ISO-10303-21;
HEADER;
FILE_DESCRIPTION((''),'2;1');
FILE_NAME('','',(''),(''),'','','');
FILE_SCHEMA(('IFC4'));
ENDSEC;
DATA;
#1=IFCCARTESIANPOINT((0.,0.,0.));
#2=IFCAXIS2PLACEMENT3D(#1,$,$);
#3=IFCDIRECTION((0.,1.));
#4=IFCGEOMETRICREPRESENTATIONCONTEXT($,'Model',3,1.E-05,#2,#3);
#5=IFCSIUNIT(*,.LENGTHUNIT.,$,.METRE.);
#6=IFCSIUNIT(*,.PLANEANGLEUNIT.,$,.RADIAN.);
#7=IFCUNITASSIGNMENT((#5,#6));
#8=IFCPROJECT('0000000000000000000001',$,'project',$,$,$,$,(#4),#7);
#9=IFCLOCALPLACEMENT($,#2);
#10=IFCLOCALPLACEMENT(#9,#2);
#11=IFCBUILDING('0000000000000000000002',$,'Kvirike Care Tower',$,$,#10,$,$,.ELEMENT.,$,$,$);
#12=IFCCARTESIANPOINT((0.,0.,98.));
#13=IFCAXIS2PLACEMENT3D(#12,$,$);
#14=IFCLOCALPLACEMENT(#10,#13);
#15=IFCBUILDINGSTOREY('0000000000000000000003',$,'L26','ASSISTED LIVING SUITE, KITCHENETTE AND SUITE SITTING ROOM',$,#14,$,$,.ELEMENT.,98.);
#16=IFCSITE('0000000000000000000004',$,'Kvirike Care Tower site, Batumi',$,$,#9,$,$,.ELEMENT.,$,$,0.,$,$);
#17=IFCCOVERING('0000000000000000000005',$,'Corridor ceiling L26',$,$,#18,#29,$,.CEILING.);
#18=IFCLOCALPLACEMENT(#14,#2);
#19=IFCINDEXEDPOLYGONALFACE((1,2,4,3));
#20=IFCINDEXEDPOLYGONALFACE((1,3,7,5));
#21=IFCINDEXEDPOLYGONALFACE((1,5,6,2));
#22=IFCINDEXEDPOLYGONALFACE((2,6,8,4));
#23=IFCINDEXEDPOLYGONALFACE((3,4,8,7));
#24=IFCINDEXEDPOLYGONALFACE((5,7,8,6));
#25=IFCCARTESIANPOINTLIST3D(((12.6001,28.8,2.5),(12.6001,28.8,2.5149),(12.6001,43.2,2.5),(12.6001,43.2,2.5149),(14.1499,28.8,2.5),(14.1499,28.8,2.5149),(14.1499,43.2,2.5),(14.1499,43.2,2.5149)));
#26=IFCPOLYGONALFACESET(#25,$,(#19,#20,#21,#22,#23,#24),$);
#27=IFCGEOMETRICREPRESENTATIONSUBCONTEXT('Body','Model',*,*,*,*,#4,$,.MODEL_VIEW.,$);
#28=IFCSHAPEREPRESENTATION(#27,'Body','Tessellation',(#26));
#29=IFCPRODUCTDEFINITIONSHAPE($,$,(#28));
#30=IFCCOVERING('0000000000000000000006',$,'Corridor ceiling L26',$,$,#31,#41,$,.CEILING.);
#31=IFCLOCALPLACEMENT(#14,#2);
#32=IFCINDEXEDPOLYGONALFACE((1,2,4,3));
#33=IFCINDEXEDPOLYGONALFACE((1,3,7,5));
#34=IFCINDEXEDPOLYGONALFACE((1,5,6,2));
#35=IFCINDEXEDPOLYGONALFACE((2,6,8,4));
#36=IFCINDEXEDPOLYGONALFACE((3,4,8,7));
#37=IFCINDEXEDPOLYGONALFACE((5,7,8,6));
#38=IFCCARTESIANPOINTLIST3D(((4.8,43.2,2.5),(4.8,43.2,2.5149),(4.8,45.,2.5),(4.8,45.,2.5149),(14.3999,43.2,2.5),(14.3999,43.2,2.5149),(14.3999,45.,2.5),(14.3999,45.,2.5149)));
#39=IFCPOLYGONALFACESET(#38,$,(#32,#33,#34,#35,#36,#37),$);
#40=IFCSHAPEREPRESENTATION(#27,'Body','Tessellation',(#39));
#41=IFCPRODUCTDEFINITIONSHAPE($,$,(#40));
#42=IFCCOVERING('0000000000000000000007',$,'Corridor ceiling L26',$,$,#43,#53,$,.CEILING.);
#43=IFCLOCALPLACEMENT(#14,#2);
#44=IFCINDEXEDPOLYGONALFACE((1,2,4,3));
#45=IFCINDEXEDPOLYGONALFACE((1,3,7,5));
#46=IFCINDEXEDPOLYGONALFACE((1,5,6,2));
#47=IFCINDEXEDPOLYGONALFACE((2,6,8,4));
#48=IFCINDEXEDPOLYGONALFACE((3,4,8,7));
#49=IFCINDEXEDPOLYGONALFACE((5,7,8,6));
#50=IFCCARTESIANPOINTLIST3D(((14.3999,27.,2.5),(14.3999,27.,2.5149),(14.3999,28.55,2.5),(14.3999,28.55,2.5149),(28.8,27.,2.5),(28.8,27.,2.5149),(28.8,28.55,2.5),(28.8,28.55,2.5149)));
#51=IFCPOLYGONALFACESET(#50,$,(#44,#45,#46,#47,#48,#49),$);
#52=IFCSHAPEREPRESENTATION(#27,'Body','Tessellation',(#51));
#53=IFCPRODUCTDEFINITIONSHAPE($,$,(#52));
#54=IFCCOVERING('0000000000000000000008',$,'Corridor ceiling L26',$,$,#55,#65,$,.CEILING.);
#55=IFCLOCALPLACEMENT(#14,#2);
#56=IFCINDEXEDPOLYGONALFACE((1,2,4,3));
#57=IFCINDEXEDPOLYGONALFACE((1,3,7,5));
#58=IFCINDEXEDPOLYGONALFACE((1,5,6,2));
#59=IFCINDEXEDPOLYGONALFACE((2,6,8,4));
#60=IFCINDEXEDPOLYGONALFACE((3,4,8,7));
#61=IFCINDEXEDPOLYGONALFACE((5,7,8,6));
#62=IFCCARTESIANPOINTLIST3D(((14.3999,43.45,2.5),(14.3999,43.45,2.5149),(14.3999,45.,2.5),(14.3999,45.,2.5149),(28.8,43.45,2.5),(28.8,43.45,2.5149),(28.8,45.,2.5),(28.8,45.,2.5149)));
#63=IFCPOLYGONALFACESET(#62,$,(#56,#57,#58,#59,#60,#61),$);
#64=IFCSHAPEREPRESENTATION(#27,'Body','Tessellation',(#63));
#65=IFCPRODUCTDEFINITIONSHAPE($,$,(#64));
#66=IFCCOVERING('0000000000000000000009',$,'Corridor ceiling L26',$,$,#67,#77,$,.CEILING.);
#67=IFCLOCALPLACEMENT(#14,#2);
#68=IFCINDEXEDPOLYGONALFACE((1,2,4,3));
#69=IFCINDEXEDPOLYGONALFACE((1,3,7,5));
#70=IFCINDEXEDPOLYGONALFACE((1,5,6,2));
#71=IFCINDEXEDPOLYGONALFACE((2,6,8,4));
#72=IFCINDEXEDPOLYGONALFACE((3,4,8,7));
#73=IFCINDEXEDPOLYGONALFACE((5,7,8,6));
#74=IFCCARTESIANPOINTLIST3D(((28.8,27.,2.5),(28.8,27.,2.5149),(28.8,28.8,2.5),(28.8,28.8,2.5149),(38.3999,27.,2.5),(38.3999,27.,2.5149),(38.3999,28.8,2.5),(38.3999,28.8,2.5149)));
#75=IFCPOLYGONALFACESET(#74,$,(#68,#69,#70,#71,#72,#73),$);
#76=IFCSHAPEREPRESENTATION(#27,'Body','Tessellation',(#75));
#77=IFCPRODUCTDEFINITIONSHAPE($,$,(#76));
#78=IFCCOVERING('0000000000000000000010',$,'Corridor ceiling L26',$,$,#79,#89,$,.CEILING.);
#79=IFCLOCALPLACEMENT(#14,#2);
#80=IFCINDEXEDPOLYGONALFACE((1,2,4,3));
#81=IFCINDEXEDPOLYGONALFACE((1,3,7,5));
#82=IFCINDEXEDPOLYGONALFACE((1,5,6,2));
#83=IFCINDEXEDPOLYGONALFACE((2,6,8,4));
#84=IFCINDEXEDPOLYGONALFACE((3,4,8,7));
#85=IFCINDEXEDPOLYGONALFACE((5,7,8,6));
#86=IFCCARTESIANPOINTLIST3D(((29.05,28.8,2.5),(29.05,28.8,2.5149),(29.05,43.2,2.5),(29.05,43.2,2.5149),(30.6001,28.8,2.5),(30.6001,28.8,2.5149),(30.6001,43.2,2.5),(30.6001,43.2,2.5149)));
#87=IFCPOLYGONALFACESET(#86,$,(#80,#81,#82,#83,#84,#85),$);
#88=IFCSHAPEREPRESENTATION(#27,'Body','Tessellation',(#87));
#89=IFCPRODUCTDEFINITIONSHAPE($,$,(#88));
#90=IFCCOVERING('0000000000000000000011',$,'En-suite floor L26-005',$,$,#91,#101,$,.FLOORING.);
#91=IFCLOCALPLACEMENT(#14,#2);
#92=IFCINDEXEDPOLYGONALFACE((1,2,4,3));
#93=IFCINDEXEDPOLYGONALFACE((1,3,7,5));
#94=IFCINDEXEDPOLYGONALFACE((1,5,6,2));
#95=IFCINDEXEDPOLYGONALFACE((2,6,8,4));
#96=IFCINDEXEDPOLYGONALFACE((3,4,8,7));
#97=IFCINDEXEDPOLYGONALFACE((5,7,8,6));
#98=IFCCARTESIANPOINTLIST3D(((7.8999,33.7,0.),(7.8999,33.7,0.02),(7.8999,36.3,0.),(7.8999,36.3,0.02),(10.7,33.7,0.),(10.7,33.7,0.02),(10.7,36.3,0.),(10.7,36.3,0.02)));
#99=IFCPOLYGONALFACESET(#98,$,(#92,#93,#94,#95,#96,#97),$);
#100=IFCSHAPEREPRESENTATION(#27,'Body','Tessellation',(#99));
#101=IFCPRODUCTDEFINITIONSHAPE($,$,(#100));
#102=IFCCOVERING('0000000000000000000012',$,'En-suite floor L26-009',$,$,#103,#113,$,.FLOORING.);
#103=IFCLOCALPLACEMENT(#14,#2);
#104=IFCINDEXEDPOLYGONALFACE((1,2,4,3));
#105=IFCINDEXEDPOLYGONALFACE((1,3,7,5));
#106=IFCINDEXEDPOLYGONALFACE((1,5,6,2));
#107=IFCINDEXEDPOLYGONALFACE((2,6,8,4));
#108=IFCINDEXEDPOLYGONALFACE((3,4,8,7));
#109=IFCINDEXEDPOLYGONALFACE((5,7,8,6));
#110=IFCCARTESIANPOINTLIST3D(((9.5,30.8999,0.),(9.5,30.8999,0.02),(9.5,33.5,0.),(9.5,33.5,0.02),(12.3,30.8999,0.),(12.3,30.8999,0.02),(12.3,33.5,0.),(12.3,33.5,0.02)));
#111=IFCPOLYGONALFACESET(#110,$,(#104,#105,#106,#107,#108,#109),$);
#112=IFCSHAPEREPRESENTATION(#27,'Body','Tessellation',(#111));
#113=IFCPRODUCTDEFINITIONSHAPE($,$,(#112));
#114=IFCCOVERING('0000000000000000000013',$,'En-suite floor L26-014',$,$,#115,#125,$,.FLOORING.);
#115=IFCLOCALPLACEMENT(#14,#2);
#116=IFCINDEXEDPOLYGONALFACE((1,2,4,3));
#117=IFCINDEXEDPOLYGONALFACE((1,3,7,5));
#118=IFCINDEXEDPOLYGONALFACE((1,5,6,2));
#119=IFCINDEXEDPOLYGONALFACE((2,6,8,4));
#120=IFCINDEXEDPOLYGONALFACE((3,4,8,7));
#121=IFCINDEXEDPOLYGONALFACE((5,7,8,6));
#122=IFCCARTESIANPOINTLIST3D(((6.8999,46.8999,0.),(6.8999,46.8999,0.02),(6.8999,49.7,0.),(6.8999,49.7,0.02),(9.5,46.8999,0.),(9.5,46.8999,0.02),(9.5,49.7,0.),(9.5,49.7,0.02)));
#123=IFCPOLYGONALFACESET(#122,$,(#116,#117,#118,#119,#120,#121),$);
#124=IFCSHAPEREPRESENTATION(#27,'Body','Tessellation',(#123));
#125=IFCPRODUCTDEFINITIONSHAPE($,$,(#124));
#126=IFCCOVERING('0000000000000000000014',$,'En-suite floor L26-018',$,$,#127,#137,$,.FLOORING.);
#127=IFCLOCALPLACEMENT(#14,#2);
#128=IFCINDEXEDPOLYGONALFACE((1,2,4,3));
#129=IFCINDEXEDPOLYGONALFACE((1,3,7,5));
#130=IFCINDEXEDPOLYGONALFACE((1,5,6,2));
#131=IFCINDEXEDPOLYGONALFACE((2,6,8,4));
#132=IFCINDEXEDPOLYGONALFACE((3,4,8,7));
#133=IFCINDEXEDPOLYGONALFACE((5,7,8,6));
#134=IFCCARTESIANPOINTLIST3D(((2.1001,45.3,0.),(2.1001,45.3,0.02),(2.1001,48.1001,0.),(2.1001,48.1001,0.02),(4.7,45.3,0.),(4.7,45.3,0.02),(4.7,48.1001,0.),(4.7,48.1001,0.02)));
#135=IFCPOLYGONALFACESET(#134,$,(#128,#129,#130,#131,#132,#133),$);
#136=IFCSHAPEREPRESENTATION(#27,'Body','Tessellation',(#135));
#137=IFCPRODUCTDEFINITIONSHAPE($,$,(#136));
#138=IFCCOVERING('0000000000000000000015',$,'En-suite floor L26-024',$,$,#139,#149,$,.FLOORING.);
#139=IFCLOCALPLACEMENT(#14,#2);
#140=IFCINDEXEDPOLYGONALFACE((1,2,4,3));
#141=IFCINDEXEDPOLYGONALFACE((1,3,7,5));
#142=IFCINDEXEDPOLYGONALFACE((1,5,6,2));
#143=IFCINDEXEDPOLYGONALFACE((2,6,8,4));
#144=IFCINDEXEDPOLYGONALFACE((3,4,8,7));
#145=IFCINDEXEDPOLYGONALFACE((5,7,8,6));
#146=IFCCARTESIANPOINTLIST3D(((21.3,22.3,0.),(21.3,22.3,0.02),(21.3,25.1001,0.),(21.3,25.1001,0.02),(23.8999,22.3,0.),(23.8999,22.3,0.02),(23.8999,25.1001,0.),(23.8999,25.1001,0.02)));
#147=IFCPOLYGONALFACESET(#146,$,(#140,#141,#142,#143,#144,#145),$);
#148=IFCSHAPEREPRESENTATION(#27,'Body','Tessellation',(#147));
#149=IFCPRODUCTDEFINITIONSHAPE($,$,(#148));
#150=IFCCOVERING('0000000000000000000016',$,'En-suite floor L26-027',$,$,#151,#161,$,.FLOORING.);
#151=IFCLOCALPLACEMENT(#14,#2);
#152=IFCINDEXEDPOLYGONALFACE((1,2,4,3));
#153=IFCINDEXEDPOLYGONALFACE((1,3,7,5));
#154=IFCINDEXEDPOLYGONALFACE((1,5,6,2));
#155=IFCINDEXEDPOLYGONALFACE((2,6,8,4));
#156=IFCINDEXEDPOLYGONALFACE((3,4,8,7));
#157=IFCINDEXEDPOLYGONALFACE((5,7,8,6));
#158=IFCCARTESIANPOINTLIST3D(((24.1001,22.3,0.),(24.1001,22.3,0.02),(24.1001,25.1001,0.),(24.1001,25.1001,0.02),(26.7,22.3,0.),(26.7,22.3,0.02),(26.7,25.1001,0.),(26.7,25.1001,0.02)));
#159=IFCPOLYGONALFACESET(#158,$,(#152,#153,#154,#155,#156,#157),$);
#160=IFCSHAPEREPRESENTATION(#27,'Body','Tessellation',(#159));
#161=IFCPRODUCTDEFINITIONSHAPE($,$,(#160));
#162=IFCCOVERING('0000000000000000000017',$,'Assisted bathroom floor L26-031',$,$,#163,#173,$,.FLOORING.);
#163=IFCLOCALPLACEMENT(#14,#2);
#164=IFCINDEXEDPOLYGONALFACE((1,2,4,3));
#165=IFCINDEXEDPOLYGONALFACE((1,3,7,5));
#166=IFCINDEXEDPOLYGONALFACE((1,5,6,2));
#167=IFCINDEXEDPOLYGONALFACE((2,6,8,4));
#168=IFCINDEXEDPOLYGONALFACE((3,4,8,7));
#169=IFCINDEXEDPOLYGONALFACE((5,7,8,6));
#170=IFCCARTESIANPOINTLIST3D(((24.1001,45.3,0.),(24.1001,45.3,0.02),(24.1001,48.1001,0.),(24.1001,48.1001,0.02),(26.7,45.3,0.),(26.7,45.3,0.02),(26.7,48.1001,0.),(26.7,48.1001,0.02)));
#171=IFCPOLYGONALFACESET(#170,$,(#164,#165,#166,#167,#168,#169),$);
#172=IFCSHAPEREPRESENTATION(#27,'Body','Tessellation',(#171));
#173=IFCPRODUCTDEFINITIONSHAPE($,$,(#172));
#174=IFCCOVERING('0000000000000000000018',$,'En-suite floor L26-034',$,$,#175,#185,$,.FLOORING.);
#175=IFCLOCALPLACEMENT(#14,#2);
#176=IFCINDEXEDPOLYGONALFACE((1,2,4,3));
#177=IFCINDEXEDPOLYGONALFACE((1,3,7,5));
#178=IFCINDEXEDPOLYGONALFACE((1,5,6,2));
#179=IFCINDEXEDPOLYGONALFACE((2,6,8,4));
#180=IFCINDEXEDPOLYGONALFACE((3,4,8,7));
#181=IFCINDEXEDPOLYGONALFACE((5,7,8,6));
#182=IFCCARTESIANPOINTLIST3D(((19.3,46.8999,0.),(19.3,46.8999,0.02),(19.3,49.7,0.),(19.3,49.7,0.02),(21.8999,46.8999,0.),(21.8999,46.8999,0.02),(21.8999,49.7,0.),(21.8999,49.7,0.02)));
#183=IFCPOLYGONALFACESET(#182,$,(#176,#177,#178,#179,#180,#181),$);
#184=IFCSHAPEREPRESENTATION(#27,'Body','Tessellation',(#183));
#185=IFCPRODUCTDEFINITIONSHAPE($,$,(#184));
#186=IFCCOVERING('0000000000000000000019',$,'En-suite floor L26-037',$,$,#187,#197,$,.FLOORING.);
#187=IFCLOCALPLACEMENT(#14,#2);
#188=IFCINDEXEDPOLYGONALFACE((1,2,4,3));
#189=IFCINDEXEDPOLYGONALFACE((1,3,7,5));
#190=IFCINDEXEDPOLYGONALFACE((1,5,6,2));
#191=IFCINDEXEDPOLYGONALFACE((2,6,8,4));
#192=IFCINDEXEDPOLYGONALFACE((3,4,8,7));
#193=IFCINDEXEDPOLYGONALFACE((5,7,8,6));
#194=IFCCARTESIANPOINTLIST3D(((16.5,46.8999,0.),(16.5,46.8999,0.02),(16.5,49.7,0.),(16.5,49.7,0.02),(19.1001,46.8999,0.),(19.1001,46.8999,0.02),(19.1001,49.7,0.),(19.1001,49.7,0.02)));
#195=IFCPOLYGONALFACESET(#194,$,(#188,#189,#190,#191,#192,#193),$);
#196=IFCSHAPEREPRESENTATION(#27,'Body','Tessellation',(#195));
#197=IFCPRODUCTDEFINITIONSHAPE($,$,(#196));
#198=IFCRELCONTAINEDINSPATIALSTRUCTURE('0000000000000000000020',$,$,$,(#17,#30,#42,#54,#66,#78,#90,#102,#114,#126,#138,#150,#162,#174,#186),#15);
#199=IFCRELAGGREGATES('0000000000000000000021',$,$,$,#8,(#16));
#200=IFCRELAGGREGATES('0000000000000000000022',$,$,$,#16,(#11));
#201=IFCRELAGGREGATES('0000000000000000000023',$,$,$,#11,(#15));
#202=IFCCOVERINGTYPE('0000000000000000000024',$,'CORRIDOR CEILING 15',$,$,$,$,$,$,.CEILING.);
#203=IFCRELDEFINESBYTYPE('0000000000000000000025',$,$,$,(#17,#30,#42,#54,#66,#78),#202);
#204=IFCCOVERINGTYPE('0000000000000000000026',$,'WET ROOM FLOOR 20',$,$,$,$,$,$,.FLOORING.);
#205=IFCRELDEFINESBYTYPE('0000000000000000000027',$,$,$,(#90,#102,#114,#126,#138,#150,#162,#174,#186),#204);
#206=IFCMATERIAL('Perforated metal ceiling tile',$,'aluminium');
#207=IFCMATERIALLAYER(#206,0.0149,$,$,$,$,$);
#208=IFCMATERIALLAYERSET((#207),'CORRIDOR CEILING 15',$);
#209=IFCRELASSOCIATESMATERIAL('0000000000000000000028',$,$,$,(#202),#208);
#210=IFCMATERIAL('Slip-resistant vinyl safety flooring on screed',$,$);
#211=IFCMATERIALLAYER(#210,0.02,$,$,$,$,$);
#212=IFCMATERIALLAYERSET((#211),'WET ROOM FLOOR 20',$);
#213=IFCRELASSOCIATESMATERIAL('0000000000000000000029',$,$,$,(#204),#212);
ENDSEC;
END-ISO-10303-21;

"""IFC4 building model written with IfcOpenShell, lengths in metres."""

from ifc_helpers import new_model, si_unit, direction, frame, origin, place, context, subcontext, project, spatial, polyline, outline, extrude, material, layer, layer_set, type_object, element, save


model = new_model("IFC4")

# Units and contexts
model_context = context("Model", 3, precision=1e-05, world=origin(), true_north=direction((0.0, 1.0)))
body_context = subcontext(model_context, "Body", "Model", "MODEL_VIEW")
ifc_project = project(units=[si_unit("LENGTHUNIT", "METRE"), si_unit("PLANEANGLEUNIT", "RADIAN")], contexts=[model_context])

# Site, building, storey
site_placement = place(None, origin())
site = spatial("IfcSite", under=ifc_project, at=site_placement, Name="Kvirike Care Tower site, Batumi", CompositionType="ELEMENT", RefElevation=0.0)
building_placement = place(site_placement, origin())
building = spatial("IfcBuilding", under=site, at=building_placement, Name="Kvirike Care Tower", CompositionType="ELEMENT")
storey_placement = place(building_placement, frame((0.0, 0.0, 98.0)))
storey = spatial("IfcBuildingStorey", under=building, at=storey_placement, Name="L26", Description="ASSISTED LIVING SUITE, KITCHENETTE AND SUITE SITTING ROOM", CompositionType="ELEMENT", Elevation=98.0)

# Coverings
ifc_material_1 = material(Name="Perforated metal ceiling tile", Category="aluminium")
ifc_layer_1 = layer(ifc_material_1, 0.0149)
ifc_layer_set_1 = layer_set([ifc_layer_1], Name="CORRIDOR CEILING 15")
covering_type_1 = type_object("IfcCoveringType", Name="CORRIDOR CEILING 15", PredefinedType="CEILING", material=ifc_layer_set_1)
covering_1_placement = place(storey_placement, frame((0.0, 0.0, 2.5)))
element("IfcCovering", 1, at=covering_1_placement, inside=storey, type_object=covering_type_1, Name="Corridor ceiling L26", PredefinedType="CEILING", context=body_context, shape_type="SweptSolid", body=[
    extrude(outline(polyline([(12.6001, 43.2), (14.1499, 43.2), (14.1499, 28.8), (12.6001, 28.8), (12.6001, 43.2)])), origin(), (0.0, 0.0, 1.0), 0.0149),
])
covering_2_placement = place(storey_placement, frame((0.0, 0.0, 2.5)))
element("IfcCovering", 2, at=covering_2_placement, inside=storey, type_object=covering_type_1, Name="Corridor ceiling L26", PredefinedType="CEILING", context=body_context, shape_type="SweptSolid", body=[
    extrude(outline(polyline([(14.3999, 45.0), (14.3999, 43.2), (4.8, 43.2), (4.8, 45.0), (14.3999, 45.0)])), origin(), (0.0, 0.0, 1.0), 0.0149),
])
covering_3_placement = place(storey_placement, frame((0.0, 0.0, 2.5)))
element("IfcCovering", 3, at=covering_3_placement, inside=storey, type_object=covering_type_1, Name="Corridor ceiling L26", PredefinedType="CEILING", context=body_context, shape_type="SweptSolid", body=[
    extrude(outline(polyline([(14.3999, 27.0), (14.3999, 28.55), (28.8, 28.55), (28.8, 27.0), (14.3999, 27.0)])), origin(), (0.0, 0.0, 1.0), 0.0149),
])
covering_4_placement = place(storey_placement, frame((0.0, 0.0, 2.5)))
element("IfcCovering", 4, at=covering_4_placement, inside=storey, type_object=covering_type_1, Name="Corridor ceiling L26", PredefinedType="CEILING", context=body_context, shape_type="SweptSolid", body=[
    extrude(outline(polyline([(28.8, 45.0), (28.8, 43.45), (14.3999, 43.45), (14.3999, 45.0), (28.8, 45.0)])), origin(), (0.0, 0.0, 1.0), 0.0149),
])
covering_5_placement = place(storey_placement, frame((0.0, 0.0, 2.5)))
element("IfcCovering", 5, at=covering_5_placement, inside=storey, type_object=covering_type_1, Name="Corridor ceiling L26", PredefinedType="CEILING", context=body_context, shape_type="SweptSolid", body=[
    extrude(outline(polyline([(28.8, 27.0), (28.8, 28.8), (38.3999, 28.8), (38.3999, 27.0), (28.8, 27.0)])), origin(), (0.0, 0.0, 1.0), 0.0149),
])
covering_6_placement = place(storey_placement, frame((0.0, 0.0, 2.5)))
element("IfcCovering", 6, at=covering_6_placement, inside=storey, type_object=covering_type_1, Name="Corridor ceiling L26", PredefinedType="CEILING", context=body_context, shape_type="SweptSolid", body=[
    extrude(outline(polyline([(30.6001, 28.8), (29.05, 28.8), (29.05, 43.2), (30.6001, 43.2), (30.6001, 28.8)])), origin(), (0.0, 0.0, 1.0), 0.0149),
])
ifc_material_2 = material(Name="Slip-resistant vinyl safety flooring on screed")
ifc_layer_2 = layer(ifc_material_2, 0.02)
ifc_layer_set_2 = layer_set([ifc_layer_2], Name="WET ROOM FLOOR 20")
covering_type_2 = type_object("IfcCoveringType", Name="WET ROOM FLOOR 20", PredefinedType="FLOORING", material=ifc_layer_set_2)
covering_7_placement = place(storey_placement, origin())
element("IfcCovering", 7, at=covering_7_placement, inside=storey, type_object=covering_type_2, Name="En-suite floor L26-005", PredefinedType="FLOORING", context=body_context, shape_type="SweptSolid", body=[
    extrude(outline(polyline([(7.8999, 36.3), (10.7, 36.3), (10.7, 33.7), (7.8999, 33.7), (7.8999, 36.3)])), origin(), (0.0, 0.0, 1.0), 0.02),
])
covering_8_placement = place(storey_placement, origin())
element("IfcCovering", 8, at=covering_8_placement, inside=storey, type_object=covering_type_2, Name="En-suite floor L26-009", PredefinedType="FLOORING", context=body_context, shape_type="SweptSolid", body=[
    extrude(outline(polyline([(9.5, 33.5), (12.3, 33.5), (12.3, 30.8999), (9.5, 30.8999), (9.5, 33.5)])), origin(), (0.0, 0.0, 1.0), 0.02),
])
covering_9_placement = place(storey_placement, origin())
element("IfcCovering", 9, at=covering_9_placement, inside=storey, type_object=covering_type_2, Name="En-suite floor L26-014", PredefinedType="FLOORING", context=body_context, shape_type="SweptSolid", body=[
    extrude(outline(polyline([(9.5, 49.7), (9.5, 46.8999), (6.8999, 46.8999), (6.8999, 49.7), (9.5, 49.7)])), origin(), (0.0, 0.0, 1.0), 0.02),
])
covering_10_placement = place(storey_placement, origin())
element("IfcCovering", 10, at=covering_10_placement, inside=storey, type_object=covering_type_2, Name="En-suite floor L26-018", PredefinedType="FLOORING", context=body_context, shape_type="SweptSolid", body=[
    extrude(outline(polyline([(4.7, 48.1001), (4.7, 45.3), (2.1001, 45.3), (2.1001, 48.1001), (4.7, 48.1001)])), origin(), (0.0, 0.0, 1.0), 0.02),
])
covering_11_placement = place(storey_placement, origin())
element("IfcCovering", 11, at=covering_11_placement, inside=storey, type_object=covering_type_2, Name="En-suite floor L26-024", PredefinedType="FLOORING", context=body_context, shape_type="SweptSolid", body=[
    extrude(outline(polyline([(21.3, 22.3), (21.3, 25.1001), (23.8999, 25.1001), (23.8999, 22.3), (21.3, 22.3)])), origin(), (0.0, 0.0, 1.0), 0.02),
])
covering_12_placement = place(storey_placement, origin())
element("IfcCovering", 12, at=covering_12_placement, inside=storey, type_object=covering_type_2, Name="En-suite floor L26-027", PredefinedType="FLOORING", context=body_context, shape_type="SweptSolid", body=[
    extrude(outline(polyline([(24.1001, 22.3), (24.1001, 25.1001), (26.7, 25.1001), (26.7, 22.3), (24.1001, 22.3)])), origin(), (0.0, 0.0, 1.0), 0.02),
])
covering_13_placement = place(storey_placement, origin())
element("IfcCovering", 13, at=covering_13_placement, inside=storey, type_object=covering_type_2, Name="Assisted bathroom floor L26-031", PredefinedType="FLOORING", context=body_context, shape_type="SweptSolid", body=[
    extrude(outline(polyline([(26.7, 48.1001), (26.7, 45.3), (24.1001, 45.3), (24.1001, 48.1001), (26.7, 48.1001)])), origin(), (0.0, 0.0, 1.0), 0.02),
])
covering_14_placement = place(storey_placement, origin())
element("IfcCovering", 14, at=covering_14_placement, inside=storey, type_object=covering_type_2, Name="En-suite floor L26-034", PredefinedType="FLOORING", context=body_context, shape_type="SweptSolid", body=[
    extrude(outline(polyline([(21.8999, 49.7), (21.8999, 46.8999), (19.3, 46.8999), (19.3, 49.7), (21.8999, 49.7)])), origin(), (0.0, 0.0, 1.0), 0.02),
])
covering_15_placement = place(storey_placement, origin())
element("IfcCovering", 15, at=covering_15_placement, inside=storey, type_object=covering_type_2, Name="En-suite floor L26-037", PredefinedType="FLOORING", context=body_context, shape_type="SweptSolid", body=[
    extrude(outline(polyline([(19.1001, 49.7), (19.1001, 46.8999), (16.5, 46.8999), (16.5, 49.7), (19.1001, 49.7)])), origin(), (0.0, 0.0, 1.0), 0.02),
])

save(model, "model.ifc")
